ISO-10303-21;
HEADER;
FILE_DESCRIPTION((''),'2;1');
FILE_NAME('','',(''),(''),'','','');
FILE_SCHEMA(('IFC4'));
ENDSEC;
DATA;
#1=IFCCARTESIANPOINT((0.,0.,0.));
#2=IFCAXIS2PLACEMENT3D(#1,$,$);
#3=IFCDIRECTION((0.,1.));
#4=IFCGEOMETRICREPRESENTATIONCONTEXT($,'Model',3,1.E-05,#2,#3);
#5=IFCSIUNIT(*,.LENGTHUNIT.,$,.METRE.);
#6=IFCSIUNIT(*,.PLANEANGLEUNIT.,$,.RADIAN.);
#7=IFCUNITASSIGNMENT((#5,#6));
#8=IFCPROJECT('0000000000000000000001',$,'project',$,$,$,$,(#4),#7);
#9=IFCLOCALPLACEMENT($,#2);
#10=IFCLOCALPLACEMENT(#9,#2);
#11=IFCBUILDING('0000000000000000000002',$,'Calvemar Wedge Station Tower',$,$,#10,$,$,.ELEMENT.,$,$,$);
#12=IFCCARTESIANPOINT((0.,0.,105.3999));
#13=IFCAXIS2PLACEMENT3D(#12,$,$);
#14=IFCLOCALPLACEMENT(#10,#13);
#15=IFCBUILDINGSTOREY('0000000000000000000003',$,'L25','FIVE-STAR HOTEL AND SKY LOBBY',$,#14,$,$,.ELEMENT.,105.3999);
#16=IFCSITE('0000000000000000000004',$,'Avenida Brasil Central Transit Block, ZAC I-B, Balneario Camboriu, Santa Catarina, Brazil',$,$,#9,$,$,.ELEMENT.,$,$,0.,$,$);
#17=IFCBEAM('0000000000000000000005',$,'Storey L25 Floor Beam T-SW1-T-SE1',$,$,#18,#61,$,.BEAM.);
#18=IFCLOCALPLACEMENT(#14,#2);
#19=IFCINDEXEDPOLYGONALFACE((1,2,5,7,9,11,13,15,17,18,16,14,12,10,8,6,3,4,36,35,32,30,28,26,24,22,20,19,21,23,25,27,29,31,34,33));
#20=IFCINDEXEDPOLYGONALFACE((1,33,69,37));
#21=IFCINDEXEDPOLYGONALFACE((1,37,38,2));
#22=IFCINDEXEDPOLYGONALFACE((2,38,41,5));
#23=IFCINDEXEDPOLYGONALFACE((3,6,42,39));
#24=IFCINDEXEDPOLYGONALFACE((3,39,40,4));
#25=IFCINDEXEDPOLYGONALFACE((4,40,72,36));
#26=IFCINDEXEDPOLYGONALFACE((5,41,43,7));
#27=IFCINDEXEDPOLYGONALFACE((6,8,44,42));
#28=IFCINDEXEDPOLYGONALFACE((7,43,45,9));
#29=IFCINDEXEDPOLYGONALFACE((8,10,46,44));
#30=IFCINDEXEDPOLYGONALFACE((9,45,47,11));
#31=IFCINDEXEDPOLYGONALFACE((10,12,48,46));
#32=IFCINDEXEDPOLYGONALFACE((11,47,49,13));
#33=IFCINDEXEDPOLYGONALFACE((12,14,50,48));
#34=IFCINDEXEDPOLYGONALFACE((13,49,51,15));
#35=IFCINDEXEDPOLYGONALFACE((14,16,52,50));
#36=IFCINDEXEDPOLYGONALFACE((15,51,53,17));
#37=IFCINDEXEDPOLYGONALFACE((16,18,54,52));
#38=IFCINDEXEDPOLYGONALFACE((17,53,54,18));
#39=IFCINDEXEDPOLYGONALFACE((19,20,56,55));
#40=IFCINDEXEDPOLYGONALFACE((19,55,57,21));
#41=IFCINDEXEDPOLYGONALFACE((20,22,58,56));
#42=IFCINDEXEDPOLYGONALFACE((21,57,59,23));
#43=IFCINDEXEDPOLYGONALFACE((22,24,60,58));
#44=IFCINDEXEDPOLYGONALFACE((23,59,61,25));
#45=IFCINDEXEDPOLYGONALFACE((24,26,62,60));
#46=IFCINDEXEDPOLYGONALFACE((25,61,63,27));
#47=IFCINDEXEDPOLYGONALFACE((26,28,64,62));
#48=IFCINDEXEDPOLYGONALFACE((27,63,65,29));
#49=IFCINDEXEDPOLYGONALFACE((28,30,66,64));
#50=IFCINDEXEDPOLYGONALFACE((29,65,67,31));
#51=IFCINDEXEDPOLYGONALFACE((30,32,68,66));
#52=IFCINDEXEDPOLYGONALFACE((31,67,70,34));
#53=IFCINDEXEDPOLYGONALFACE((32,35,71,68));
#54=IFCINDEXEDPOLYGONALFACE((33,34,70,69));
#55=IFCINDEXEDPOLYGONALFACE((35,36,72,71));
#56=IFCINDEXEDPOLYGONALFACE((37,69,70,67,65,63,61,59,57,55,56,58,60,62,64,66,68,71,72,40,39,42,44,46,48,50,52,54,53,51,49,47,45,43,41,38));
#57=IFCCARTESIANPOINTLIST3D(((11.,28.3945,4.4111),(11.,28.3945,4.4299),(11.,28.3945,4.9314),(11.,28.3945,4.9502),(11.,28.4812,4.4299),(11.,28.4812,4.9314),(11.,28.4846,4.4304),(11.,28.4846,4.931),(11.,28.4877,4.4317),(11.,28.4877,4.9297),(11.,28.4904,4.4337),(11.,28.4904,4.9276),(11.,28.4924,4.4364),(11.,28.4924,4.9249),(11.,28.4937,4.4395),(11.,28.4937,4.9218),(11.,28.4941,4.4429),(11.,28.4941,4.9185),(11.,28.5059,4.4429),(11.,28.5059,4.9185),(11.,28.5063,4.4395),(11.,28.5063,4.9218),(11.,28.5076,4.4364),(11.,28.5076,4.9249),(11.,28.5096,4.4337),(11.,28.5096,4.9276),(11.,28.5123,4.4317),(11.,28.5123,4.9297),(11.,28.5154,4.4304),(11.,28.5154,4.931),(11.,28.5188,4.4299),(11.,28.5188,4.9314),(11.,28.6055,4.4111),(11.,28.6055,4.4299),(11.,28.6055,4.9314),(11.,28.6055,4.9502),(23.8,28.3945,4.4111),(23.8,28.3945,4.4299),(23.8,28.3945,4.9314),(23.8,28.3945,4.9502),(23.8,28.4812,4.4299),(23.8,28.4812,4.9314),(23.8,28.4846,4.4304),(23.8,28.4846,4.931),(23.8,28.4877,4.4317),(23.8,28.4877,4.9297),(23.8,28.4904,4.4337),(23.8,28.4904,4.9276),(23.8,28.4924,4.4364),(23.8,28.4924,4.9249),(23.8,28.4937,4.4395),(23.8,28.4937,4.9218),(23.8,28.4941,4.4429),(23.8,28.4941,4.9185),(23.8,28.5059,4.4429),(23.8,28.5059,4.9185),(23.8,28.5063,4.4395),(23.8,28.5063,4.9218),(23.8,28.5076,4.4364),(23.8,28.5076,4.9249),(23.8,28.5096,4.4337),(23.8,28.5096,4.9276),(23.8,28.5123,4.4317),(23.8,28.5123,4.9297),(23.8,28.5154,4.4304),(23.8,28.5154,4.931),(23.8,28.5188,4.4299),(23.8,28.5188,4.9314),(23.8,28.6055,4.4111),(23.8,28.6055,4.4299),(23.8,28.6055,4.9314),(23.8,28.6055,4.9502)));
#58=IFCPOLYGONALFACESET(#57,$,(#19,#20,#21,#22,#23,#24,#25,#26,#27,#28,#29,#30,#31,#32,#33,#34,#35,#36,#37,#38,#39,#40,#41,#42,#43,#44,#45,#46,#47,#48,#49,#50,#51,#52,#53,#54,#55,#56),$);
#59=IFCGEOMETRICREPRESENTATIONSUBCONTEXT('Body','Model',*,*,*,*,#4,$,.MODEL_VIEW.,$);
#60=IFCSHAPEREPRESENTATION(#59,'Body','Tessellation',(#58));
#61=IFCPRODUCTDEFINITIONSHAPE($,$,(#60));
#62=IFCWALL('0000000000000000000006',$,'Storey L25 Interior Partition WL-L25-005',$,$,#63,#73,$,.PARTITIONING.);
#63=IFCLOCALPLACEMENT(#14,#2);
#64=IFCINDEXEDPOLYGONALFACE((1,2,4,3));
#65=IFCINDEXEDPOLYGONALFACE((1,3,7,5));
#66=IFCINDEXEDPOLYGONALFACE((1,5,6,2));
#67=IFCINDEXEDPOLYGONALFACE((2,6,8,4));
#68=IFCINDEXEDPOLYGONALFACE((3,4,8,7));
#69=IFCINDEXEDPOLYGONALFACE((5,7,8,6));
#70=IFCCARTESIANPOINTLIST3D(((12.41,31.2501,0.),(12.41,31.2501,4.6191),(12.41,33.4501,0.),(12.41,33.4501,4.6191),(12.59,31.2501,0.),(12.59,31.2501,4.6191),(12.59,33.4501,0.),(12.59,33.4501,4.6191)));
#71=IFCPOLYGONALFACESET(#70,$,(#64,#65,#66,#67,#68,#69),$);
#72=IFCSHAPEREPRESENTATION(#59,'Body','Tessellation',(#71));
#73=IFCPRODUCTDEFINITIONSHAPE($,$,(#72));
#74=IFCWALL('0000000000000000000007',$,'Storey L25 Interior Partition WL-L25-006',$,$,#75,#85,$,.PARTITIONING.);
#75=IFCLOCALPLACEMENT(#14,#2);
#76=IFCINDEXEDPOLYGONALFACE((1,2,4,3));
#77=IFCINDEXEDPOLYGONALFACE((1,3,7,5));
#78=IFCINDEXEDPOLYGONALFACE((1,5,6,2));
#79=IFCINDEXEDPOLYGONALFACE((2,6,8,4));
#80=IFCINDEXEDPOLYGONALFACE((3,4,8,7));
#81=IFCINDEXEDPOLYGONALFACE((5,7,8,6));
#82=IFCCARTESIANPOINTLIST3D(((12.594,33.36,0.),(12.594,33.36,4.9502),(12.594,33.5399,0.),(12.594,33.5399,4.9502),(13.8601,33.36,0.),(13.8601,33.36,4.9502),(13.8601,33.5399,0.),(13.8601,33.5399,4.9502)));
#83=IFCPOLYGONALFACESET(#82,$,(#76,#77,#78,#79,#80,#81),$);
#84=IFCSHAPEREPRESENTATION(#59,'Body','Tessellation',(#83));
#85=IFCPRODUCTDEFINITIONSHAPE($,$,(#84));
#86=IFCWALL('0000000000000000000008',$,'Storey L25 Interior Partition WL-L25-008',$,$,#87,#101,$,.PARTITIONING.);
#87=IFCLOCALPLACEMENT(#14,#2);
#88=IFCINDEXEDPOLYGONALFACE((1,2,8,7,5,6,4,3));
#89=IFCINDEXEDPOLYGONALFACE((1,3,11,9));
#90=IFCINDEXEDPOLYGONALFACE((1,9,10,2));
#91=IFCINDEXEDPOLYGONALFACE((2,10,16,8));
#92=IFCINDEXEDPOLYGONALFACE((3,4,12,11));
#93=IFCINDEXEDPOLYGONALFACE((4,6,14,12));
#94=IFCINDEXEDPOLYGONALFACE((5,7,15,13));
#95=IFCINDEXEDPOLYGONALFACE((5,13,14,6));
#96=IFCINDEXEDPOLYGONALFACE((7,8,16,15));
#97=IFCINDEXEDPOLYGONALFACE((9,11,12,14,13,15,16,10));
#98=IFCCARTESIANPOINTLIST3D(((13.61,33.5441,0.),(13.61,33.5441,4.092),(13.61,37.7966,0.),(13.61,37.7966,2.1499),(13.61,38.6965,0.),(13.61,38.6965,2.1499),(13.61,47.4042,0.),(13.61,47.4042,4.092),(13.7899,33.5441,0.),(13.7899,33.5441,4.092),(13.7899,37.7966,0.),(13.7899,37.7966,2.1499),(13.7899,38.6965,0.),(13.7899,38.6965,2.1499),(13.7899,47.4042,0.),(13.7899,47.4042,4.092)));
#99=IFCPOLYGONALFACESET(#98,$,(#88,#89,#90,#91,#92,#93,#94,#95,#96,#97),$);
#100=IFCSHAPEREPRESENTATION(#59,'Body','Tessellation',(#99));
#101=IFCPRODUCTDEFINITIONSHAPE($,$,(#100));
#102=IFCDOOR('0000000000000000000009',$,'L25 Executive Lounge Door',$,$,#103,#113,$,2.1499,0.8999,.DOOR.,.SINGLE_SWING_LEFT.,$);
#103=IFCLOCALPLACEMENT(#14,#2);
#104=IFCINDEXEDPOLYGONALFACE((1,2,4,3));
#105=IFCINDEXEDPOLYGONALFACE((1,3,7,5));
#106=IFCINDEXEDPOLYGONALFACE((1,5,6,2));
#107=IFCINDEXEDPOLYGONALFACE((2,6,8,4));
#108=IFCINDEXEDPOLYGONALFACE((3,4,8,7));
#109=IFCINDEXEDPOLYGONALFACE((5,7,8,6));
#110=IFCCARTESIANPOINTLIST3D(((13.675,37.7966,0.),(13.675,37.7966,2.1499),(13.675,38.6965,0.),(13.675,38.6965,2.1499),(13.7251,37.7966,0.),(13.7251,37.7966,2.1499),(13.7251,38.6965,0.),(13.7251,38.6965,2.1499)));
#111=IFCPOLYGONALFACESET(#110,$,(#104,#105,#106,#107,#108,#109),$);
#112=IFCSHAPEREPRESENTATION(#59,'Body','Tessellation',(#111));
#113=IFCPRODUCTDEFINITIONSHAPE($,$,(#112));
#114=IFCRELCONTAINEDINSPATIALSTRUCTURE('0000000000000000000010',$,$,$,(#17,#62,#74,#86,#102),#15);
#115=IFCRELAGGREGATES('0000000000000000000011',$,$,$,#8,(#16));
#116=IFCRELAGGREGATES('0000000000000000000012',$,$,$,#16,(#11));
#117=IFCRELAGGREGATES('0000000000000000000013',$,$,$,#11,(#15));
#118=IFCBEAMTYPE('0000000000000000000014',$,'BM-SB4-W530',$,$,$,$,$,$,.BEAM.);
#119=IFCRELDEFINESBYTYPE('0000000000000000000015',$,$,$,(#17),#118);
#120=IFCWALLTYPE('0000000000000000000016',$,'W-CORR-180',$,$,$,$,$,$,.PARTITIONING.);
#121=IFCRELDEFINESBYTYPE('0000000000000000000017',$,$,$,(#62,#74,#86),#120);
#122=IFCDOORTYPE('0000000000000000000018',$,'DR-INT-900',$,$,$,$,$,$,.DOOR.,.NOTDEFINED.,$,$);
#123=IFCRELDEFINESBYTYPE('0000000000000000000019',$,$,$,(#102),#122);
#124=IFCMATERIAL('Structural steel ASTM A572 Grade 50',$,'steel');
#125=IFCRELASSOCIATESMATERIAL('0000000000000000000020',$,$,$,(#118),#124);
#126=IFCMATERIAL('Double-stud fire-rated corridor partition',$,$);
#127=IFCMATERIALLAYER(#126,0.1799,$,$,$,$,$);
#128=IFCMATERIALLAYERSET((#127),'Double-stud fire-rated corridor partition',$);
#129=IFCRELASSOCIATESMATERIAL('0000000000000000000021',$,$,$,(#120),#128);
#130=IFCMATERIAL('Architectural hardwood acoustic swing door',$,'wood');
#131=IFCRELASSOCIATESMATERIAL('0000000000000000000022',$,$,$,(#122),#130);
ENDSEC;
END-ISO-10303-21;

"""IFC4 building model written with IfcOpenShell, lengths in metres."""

from ifc_helpers import new_model, si_unit, direction, frame, frame_2d, origin, origin_2d, place, context, subcontext, project, spatial, rectangle, i_section, extrude, source, transform, mapped, material, layer, layer_set, material_profile, profile_set, type_object, element, fill, save


model = new_model("IFC4")

# Units and contexts
model_context = context("Model", 3, precision=1e-05, world=origin(), true_north=direction((0.0, 1.0)))
body_context = subcontext(model_context, "Body", "Model", "MODEL_VIEW")
ifc_project = project(units=[si_unit("LENGTHUNIT", "METRE"), si_unit("PLANEANGLEUNIT", "RADIAN")], contexts=[model_context])

# Site, building, storey
site_placement = place(None, origin())
site = spatial("IfcSite", under=ifc_project, at=site_placement, Name="Avenida Brasil Central Transit Block, ZAC I-B, Balneario Camboriu, Santa Catarina, Brazil", CompositionType="ELEMENT", RefElevation=0.0)
building_placement = place(site_placement, origin())
building = spatial("IfcBuilding", under=site, at=building_placement, Name="Calvemar Wedge Station Tower", CompositionType="ELEMENT")
storey_placement = place(building_placement, frame((0.0, 0.0, 105.3999)))
storey = spatial("IfcBuildingStorey", under=building, at=storey_placement, Name="L25", Description="FIVE-STAR HOTEL AND SKY LOBBY", CompositionType="ELEMENT", Elevation=105.3999)

# Beam
ifc_material_1 = material(Name="Structural steel ASTM A572 Grade 50", Category="steel")
ifc_material_profile_1 = material_profile(ifc_material_1, i_section(OverallWidth=0.2109, OverallDepth=0.5391, WebThickness=0.0117, FlangeThickness=0.0188, FilletRadius=0.0129, at=origin_2d()), Name="W530x109")
ifc_profile_set_1 = profile_set([ifc_material_profile_1], Name="Structural steel ASTM A572 Grade 50")
beam_type_1 = type_object("IfcBeamType", Name="BM-SB4-W530", PredefinedType="BEAM", material=ifc_profile_set_1)
shared_shape_1 = source(origin(), body_context, "Body", "SweptSolid", [
    extrude(i_section(OverallWidth=0.2109, OverallDepth=0.5391, WebThickness=0.0117, FlangeThickness=0.0188, FilletRadius=0.0129, at=origin_2d()), origin(), (0.0, 0.0, 1.0), 12.8),
])
beam_1_placement = place(storey_placement, frame((11.0, 28.5, 4.6807), z_axis=(1.0, 0.0, 0.0), x_axis=(0.0, 1.0, 0.0)))
element("IfcBeam", 1, at=beam_1_placement, inside=storey, type_object=beam_type_1, Name="Storey L25 Floor Beam T-SW1-T-SE1", PredefinedType="BEAM", context=body_context, shape_type="MappedRepresentation", body=[
    mapped(shared_shape_1, transform((0.0, 0.0, 0.0), scale=1.0)),
])

# Walls
ifc_material_2 = material(Name="Double-stud fire-rated corridor partition")
ifc_layer_1 = layer(ifc_material_2, 0.1799)
ifc_layer_set_1 = layer_set([ifc_layer_1], Name="Double-stud fire-rated corridor partition")
wall_type_1 = type_object("IfcWallType", Name="W-CORR-180", PredefinedType="PARTITIONING", material=ifc_layer_set_1)
wall_1_placement = place(storey_placement, frame((12.5, 31.25, 0.0), z_axis=(0.0, 0.0, 1.0), x_axis=(0.0, 1.0, 0.0)))
element("IfcWall", 2, at=wall_1_placement, inside=storey, type_object=wall_type_1, Name="Storey L25 Interior Partition WL-L25-005", PredefinedType="PARTITIONING", context=body_context, shape_type="SweptSolid", body=[
    extrude(rectangle(XDim=2.2, YDim=0.1799, at=frame_2d((1.1001, 0.0))), origin(), (0.0, 0.0, 1.0), 4.6191),
])
wall_2_placement = place(storey_placement, frame((12.594, 33.45, 0.0), z_axis=(0.0, 0.0, 1.0), x_axis=(1.0, 0.0, 0.0)))
element("IfcWall", 3, at=wall_2_placement, inside=storey, type_object=wall_type_1, Name="Storey L25 Interior Partition WL-L25-006", PredefinedType="PARTITIONING", context=body_context, shape_type="SweptSolid", body=[
    extrude(rectangle(XDim=1.2661, YDim=0.1799, at=frame_2d((0.6331, 0.0))), origin(), (0.0, 0.0, 1.0), 4.9502),
])

# Wall, opening, door
wall_3_placement = place(storey_placement, frame((13.7, 33.5439, 0.0), z_axis=(0.0, 0.0, 1.0), x_axis=(0.0, 1.0, 0.0)))
wall_3 = element("IfcWall", 4, at=wall_3_placement, inside=storey, type_object=wall_type_1, Name="Storey L25 Interior Partition WL-L25-008", PredefinedType="PARTITIONING", context=body_context, shape_type="SweptSolid", body=[
    extrude(rectangle(XDim=13.8601, YDim=0.1799, at=frame_2d((6.9302, 0.0))), origin(), (0.0, 0.0, 1.0), 4.092),
])
shared_shape_2 = source(origin(), body_context, "Body", "SweptSolid", [
    extrude(rectangle(XDim=0.8999, YDim=2.1499, at=frame_2d((0.45, 1.075))), frame((0.0, 0.1001, 0.0), z_axis=(0.0, -1.0, 0.0), x_axis=(1.0, 0.0, 0.0)), (0.0, 0.0, 1.0), 0.2),
])
opening_1_placement = place(wall_3_placement, frame((4.2527, 0.0, 0.0)))
opening_1 = element("IfcOpeningElement", 5, at=opening_1_placement, cuts=wall_3, PredefinedType="OPENING", context=body_context, shape_type="MappedRepresentation", body=[
    mapped(shared_shape_2, transform((0.0, 0.0, 0.0), scale=1.0)),
])
ifc_material_3 = material(Name="Architectural hardwood acoustic swing door", Category="wood")
door_type = type_object("IfcDoorType", Name="DR-INT-900", OperationType="NOTDEFINED", PredefinedType="DOOR", material=ifc_material_3)
shared_shape_3 = source(origin(), body_context, "Body", "SweptSolid", [
    extrude(rectangle(XDim=0.8999, YDim=2.1499, at=frame_2d((0.45, 1.075))), frame((0.0, 0.0249, 0.0), z_axis=(0.0, -1.0, 0.0), x_axis=(1.0, 0.0, 0.0)), (0.0, 0.0, 1.0), 0.05),
])
door_placement = place(opening_1_placement, origin())
door = element("IfcDoor", 6, at=door_placement, inside=storey, type_object=door_type, Name="L25 Executive Lounge Door", OperationType="SINGLE_SWING_LEFT", OverallHeight=2.1499, OverallWidth=0.8999, PredefinedType="DOOR", context=body_context, shape_type="MappedRepresentation", body=[
    mapped(shared_shape_3, transform((0.0, 0.0, 0.0), scale=1.0)),
])
fill(opening_1, door)

save(model, "model.ifc")
